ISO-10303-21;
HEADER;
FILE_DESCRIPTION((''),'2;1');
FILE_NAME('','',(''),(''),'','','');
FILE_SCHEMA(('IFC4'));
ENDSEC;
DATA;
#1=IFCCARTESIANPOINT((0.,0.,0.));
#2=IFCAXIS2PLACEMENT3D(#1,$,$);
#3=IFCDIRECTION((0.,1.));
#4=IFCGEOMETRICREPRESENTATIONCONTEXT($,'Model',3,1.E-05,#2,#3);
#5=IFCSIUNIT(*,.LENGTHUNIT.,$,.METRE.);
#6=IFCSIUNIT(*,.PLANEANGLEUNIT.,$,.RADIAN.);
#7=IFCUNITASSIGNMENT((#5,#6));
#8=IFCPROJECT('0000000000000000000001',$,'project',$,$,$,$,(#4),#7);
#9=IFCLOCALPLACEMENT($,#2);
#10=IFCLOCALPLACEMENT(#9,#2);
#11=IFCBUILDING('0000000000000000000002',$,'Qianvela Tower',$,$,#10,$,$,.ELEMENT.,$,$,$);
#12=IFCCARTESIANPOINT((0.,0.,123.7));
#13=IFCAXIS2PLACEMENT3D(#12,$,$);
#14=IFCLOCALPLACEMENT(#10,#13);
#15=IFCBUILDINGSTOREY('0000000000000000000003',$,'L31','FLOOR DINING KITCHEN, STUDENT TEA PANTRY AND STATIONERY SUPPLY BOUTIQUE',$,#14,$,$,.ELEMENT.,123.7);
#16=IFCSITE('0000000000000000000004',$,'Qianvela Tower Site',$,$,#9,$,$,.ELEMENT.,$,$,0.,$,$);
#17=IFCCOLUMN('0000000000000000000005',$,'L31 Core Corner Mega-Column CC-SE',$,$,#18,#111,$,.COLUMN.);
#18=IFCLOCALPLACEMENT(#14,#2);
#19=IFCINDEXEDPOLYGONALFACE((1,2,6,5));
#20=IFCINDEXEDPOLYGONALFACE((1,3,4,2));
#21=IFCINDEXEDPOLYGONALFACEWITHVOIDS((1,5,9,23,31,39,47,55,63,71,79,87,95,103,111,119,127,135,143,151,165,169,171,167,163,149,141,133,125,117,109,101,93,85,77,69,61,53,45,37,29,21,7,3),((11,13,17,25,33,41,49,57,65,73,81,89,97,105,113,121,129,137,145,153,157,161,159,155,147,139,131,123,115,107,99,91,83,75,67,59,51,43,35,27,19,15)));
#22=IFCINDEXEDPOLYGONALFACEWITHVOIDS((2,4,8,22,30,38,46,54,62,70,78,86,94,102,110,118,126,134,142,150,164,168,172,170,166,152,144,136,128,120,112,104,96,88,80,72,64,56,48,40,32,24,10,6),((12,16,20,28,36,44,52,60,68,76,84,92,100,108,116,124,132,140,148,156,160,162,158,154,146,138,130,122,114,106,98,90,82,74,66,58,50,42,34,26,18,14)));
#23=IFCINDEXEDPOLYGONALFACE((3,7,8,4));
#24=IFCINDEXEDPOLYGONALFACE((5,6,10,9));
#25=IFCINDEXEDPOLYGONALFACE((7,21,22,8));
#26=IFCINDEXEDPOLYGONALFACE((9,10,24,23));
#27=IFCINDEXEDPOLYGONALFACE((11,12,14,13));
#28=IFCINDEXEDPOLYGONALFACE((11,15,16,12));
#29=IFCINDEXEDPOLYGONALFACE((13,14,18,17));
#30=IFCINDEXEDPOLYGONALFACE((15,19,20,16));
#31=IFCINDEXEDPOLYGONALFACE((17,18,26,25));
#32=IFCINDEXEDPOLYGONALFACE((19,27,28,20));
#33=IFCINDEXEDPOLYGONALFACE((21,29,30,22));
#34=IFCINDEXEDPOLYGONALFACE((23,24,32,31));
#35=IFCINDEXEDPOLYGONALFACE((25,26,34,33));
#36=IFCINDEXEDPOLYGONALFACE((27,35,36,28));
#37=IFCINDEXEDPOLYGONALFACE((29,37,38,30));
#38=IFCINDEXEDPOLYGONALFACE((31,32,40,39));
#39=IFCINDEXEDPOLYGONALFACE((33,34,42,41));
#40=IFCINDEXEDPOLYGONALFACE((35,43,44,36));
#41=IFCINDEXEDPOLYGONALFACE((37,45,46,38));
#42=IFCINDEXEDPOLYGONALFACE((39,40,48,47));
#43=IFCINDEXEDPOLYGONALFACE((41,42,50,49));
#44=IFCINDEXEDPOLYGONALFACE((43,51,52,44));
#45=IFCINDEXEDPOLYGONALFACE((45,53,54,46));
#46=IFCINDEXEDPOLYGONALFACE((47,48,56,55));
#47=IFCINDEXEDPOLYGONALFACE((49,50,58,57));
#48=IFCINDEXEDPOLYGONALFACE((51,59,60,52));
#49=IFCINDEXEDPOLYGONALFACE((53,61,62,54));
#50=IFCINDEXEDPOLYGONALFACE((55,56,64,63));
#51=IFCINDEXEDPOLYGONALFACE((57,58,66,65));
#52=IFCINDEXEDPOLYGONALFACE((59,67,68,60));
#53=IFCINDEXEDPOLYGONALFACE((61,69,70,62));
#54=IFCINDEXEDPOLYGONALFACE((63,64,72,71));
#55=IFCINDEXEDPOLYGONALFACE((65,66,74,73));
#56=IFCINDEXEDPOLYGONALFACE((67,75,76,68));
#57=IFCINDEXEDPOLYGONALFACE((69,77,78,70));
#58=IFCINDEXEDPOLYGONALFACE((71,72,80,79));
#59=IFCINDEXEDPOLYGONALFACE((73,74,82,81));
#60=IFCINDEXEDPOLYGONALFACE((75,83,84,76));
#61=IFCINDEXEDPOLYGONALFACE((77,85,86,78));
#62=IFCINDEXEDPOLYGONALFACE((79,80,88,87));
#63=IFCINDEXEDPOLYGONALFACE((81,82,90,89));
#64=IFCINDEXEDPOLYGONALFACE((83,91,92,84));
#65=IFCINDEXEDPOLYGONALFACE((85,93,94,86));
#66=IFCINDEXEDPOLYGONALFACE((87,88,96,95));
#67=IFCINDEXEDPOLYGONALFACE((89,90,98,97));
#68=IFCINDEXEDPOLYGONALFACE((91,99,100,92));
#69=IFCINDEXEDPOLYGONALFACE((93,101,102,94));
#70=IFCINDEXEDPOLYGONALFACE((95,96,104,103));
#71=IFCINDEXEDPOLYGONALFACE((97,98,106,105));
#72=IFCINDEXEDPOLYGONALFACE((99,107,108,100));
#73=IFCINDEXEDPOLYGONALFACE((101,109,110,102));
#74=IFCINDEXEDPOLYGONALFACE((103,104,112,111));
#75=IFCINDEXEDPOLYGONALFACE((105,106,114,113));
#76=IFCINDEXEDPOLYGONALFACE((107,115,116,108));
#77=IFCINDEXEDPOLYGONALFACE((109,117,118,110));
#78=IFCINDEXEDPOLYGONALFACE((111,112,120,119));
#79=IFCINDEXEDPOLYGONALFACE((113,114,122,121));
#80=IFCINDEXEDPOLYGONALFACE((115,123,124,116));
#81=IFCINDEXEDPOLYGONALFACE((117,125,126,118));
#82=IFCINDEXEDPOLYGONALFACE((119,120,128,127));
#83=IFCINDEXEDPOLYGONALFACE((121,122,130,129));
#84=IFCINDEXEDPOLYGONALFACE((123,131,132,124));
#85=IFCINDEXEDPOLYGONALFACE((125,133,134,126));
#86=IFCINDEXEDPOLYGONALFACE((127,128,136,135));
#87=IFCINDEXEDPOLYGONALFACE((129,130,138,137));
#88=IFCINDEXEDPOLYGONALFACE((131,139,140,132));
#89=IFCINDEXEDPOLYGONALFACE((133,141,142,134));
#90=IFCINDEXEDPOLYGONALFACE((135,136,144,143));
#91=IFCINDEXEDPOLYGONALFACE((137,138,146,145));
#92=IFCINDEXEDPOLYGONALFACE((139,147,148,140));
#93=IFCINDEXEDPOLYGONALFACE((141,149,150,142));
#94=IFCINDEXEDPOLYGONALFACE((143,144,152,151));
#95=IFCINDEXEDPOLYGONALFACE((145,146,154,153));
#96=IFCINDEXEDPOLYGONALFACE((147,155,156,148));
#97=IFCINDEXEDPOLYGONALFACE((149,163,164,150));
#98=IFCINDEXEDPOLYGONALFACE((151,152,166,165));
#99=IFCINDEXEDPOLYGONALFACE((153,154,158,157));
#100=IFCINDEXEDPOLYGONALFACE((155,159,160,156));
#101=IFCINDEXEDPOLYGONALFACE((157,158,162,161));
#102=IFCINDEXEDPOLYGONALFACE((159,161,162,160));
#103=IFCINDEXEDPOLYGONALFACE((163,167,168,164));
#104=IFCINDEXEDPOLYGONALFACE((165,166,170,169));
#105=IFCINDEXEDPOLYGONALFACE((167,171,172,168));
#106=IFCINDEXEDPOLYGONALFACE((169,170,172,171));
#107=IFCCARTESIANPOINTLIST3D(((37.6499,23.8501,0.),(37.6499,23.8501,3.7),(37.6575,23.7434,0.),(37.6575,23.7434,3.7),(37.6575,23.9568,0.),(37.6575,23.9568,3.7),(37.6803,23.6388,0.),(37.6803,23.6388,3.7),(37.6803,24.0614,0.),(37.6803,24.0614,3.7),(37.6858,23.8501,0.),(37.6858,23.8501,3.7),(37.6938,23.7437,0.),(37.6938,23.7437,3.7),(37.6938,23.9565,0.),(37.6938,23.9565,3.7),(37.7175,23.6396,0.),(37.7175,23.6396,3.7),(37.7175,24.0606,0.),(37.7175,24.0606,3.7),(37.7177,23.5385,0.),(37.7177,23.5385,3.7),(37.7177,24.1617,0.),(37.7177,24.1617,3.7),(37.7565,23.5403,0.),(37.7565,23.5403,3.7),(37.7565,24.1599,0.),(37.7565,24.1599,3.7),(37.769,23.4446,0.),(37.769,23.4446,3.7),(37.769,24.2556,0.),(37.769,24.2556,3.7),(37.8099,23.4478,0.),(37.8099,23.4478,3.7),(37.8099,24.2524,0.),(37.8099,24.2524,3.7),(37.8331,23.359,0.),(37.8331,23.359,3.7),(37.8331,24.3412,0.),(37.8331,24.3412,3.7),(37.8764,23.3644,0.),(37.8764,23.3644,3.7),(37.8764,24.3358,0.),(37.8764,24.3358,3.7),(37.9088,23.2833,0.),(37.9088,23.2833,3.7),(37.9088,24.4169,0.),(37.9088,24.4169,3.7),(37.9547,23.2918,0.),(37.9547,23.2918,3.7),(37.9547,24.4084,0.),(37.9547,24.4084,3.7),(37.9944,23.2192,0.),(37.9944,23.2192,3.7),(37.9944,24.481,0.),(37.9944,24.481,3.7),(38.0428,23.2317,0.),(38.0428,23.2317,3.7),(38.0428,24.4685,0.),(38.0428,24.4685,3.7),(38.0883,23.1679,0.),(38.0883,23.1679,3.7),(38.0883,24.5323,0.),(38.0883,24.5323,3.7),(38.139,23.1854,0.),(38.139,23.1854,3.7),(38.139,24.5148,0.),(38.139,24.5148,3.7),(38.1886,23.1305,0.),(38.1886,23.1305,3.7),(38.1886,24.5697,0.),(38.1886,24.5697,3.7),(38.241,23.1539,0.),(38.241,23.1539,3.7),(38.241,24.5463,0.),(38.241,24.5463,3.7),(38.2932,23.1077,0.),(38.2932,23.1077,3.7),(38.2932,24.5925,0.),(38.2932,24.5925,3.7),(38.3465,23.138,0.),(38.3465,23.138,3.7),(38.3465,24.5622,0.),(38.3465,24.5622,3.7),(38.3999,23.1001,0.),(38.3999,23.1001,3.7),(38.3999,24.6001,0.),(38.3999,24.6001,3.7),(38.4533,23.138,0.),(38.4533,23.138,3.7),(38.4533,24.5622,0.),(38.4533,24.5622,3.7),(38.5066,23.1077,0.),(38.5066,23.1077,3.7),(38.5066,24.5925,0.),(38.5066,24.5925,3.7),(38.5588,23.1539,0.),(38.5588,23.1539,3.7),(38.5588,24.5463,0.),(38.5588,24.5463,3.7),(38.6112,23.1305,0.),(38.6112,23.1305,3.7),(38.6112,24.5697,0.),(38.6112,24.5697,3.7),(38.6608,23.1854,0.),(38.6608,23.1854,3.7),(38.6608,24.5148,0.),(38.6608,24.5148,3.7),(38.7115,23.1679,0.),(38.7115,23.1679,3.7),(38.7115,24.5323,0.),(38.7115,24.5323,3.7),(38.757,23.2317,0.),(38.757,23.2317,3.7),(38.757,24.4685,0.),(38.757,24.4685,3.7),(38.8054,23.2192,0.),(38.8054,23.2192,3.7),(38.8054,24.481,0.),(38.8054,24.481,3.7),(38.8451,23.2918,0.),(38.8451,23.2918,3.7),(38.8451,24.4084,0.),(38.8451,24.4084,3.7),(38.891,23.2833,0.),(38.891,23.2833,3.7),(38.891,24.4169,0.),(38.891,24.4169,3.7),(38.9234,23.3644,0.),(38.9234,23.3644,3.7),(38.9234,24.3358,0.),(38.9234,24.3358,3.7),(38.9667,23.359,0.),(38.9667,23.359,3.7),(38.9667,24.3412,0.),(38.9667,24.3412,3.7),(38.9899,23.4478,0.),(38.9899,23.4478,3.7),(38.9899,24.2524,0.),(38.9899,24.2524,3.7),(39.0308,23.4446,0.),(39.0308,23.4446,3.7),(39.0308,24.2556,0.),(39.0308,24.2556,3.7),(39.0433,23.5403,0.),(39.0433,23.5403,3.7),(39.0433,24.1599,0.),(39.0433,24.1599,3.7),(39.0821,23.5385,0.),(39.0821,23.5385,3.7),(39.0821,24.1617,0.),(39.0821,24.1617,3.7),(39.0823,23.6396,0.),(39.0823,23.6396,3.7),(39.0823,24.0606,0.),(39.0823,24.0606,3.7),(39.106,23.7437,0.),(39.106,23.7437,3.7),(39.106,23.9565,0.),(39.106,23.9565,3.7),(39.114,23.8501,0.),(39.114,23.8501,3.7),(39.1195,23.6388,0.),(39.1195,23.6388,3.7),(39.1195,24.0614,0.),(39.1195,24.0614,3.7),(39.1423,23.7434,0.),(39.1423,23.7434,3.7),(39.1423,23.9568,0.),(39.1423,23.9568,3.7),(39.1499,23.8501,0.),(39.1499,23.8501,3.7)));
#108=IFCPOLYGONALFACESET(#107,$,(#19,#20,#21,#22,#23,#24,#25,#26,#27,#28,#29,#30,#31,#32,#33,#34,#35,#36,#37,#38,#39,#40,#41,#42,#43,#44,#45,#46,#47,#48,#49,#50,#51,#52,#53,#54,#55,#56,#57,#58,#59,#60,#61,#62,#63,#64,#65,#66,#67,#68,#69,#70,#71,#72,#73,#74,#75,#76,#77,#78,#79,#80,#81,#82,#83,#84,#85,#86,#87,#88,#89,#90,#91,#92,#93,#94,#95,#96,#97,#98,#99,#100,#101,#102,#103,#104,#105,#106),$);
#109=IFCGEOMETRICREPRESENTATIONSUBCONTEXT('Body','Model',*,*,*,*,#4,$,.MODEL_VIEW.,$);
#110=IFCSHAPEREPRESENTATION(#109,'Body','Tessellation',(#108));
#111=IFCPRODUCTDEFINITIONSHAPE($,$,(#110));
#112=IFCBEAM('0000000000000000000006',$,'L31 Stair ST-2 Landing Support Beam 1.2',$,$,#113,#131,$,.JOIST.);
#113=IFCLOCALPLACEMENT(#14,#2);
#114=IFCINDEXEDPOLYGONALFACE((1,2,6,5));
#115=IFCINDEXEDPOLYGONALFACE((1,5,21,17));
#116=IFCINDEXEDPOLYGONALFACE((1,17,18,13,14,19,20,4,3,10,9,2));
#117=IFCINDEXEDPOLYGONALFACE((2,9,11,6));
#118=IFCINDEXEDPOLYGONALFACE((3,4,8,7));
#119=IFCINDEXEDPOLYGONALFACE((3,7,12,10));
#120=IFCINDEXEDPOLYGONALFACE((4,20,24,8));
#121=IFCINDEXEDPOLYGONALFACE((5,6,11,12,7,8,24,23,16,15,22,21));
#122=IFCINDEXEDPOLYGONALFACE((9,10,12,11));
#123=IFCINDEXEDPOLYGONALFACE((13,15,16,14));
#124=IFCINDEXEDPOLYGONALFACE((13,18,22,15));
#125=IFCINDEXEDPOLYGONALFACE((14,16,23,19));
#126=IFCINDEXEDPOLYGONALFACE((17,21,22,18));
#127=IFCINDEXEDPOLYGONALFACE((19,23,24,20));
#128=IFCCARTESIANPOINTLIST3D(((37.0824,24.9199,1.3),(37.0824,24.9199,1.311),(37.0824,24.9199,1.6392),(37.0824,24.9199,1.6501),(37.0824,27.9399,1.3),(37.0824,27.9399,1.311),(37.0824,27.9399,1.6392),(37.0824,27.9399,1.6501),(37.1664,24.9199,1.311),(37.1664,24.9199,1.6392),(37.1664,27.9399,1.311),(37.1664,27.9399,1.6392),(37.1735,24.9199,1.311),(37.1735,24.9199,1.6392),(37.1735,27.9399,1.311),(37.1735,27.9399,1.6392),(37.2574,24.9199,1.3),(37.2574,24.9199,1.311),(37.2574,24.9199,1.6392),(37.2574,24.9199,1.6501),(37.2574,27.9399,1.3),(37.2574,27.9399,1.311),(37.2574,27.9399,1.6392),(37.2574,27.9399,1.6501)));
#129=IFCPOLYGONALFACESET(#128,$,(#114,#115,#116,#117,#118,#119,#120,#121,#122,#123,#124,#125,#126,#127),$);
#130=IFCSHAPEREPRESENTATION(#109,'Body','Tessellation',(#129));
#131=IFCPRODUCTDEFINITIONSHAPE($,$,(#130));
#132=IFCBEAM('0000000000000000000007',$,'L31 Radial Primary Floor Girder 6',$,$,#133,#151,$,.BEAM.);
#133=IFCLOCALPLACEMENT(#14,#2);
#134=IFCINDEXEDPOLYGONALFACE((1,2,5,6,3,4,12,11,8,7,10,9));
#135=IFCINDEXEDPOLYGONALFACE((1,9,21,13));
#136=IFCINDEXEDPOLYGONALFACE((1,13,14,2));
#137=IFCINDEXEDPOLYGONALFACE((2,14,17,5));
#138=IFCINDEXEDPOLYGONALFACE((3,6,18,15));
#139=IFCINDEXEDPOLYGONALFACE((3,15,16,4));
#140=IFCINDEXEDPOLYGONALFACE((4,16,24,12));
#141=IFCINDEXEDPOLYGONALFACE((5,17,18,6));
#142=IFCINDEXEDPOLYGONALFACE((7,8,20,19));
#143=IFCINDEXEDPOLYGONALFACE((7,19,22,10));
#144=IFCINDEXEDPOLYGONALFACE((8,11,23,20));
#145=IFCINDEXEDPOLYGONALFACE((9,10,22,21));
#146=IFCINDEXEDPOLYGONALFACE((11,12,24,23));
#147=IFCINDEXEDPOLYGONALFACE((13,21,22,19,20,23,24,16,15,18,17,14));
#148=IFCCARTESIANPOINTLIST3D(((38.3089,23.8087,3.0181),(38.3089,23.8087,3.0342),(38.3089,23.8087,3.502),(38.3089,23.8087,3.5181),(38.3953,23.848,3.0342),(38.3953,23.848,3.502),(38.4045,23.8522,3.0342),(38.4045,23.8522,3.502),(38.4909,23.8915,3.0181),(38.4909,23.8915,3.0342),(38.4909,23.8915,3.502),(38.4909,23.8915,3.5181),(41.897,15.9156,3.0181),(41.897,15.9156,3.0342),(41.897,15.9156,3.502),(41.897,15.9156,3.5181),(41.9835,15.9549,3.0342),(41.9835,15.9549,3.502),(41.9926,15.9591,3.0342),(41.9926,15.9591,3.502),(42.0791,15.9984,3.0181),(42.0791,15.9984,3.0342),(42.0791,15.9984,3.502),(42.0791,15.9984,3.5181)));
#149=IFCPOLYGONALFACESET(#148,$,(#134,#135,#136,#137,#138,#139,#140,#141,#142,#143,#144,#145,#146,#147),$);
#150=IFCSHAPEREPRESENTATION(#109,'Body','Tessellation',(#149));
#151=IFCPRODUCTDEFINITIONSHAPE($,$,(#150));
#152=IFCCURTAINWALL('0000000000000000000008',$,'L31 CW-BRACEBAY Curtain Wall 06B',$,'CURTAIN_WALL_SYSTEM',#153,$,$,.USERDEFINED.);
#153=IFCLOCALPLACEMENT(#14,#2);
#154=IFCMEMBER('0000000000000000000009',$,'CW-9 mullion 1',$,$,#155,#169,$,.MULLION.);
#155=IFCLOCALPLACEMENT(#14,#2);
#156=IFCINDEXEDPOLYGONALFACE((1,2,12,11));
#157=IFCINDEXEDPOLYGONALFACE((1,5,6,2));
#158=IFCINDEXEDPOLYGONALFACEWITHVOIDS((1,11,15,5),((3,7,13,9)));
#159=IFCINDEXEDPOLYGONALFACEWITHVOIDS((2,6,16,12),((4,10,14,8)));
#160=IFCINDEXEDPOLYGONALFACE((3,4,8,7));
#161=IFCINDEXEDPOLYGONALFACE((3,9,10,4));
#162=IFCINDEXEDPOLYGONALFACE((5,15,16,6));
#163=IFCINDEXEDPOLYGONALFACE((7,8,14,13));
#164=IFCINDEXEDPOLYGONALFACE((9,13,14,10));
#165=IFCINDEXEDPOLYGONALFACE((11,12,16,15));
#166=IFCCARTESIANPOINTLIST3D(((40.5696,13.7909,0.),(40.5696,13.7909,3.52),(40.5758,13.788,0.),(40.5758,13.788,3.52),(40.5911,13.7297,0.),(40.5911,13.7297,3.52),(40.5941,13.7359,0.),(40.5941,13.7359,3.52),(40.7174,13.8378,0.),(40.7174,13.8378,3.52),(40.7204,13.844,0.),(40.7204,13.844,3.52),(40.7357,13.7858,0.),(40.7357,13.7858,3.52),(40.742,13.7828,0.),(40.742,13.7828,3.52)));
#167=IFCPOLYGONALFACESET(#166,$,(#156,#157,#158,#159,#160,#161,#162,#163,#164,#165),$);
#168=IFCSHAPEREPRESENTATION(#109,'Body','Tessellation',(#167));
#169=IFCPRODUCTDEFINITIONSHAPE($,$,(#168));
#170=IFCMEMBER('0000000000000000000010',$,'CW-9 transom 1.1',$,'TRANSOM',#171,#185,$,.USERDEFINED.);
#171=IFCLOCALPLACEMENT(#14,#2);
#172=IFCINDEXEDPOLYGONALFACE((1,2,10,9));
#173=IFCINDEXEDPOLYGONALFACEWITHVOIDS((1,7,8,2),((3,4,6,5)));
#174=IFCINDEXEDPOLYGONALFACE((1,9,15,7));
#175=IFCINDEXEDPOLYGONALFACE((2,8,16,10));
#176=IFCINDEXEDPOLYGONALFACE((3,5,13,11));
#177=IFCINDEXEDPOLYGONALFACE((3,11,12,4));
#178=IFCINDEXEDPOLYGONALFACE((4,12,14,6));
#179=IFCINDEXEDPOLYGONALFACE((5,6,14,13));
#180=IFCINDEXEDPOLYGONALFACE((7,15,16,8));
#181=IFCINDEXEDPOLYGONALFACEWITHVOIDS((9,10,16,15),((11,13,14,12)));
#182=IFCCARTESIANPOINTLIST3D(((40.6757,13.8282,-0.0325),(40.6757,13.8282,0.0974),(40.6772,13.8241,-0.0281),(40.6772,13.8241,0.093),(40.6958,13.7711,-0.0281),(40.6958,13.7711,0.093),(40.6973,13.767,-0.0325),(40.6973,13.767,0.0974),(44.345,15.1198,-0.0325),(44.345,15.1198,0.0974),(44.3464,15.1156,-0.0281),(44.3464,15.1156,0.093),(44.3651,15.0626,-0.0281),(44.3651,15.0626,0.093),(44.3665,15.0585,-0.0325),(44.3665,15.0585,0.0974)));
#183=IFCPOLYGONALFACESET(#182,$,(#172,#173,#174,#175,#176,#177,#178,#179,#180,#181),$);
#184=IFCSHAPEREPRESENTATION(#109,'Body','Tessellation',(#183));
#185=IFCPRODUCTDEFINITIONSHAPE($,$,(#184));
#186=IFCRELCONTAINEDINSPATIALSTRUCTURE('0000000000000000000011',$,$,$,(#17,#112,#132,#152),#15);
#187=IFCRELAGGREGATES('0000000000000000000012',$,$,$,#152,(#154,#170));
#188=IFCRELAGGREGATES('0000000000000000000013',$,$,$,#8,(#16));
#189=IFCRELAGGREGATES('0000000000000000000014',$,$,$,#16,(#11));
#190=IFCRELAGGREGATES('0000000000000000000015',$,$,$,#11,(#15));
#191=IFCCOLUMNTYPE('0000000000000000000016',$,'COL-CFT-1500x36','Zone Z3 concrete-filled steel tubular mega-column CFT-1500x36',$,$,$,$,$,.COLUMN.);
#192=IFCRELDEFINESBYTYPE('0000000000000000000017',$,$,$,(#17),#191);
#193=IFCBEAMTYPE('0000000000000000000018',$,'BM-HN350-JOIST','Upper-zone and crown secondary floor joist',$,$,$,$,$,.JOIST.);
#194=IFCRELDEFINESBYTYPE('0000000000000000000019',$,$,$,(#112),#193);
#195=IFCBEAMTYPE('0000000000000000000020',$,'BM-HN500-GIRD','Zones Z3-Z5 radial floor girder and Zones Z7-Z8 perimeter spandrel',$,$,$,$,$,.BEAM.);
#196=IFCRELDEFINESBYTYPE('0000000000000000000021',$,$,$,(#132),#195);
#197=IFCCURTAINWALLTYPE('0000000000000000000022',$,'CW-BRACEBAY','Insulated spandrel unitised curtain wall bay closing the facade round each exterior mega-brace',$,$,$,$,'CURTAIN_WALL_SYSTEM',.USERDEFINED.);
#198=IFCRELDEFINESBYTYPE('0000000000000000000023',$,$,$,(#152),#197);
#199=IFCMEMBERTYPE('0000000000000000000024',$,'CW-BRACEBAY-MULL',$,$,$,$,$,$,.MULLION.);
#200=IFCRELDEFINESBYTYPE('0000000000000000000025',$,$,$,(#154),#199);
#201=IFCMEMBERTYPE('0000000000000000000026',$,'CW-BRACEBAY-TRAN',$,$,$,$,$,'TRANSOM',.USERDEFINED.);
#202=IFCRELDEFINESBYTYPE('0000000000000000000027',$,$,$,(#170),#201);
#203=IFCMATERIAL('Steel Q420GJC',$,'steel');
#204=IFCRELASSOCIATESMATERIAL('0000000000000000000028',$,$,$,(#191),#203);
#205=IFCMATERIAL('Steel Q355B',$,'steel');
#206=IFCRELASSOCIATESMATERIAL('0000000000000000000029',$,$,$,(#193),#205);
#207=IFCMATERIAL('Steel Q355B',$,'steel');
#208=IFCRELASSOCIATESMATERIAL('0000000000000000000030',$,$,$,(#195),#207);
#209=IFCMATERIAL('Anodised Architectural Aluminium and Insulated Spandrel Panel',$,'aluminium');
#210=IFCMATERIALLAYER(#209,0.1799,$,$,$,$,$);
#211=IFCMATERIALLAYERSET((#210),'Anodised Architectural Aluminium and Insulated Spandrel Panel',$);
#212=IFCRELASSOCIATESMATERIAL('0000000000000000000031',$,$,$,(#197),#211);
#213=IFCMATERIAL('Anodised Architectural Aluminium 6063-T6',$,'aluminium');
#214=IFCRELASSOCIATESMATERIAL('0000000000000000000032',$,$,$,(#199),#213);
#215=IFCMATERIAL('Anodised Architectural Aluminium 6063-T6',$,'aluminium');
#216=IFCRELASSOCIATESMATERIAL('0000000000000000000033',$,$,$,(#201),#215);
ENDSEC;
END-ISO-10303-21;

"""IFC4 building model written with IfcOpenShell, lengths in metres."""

from ifc_helpers import new_model, si_unit, direction, frame, origin, origin_2d, place, context, subcontext, project, spatial, hollow_rectangle, hollow_circle, i_section, extrude, material, layer, layer_set, material_profile, profile_set, type_object, element, aggregate, save


model = new_model("IFC4")

# Units and contexts
model_context = context("Model", 3, precision=1e-05, world=origin(), true_north=direction((0.0, 1.0)))
body_context = subcontext(model_context, "Body", "Model", "MODEL_VIEW")
ifc_project = project(units=[si_unit("LENGTHUNIT", "METRE"), si_unit("PLANEANGLEUNIT", "RADIAN")], contexts=[model_context])

# Site, building, storey
site_placement = place(None, origin())
site = spatial("IfcSite", under=ifc_project, at=site_placement, Name="Qianvela Tower Site", CompositionType="ELEMENT", RefElevation=0.0)
building_placement = place(site_placement, origin())
building = spatial("IfcBuilding", under=site, at=building_placement, Name="Qianvela Tower", CompositionType="ELEMENT")
storey_placement = place(building_placement, frame((0.0, 0.0, 123.7)))
storey = spatial("IfcBuildingStorey", under=building, at=storey_placement, Name="L31", Description="FLOOR DINING KITCHEN, STUDENT TEA PANTRY AND STATIONERY SUPPLY BOUTIQUE", CompositionType="ELEMENT", Elevation=123.7)

# Column
ifc_material_1 = material(Name="Steel Q420GJC", Category="steel")
ifc_material_profile_1 = material_profile(ifc_material_1, hollow_circle(Radius=0.75, WallThickness=0.0359, at=origin_2d()), Name="CFT-1500x36")
ifc_profile_set_1 = profile_set([ifc_material_profile_1], Name="Steel Q420GJC")
column_type = type_object("IfcColumnType", Name="COL-CFT-1500x36", Description="Zone Z3 concrete-filled steel tubular mega-column CFT-1500x36", PredefinedType="COLUMN", material=ifc_profile_set_1)
column_placement = place(storey_placement, frame((38.3999, 23.8501, 0.0), z_axis=(0.0, 0.0, 1.0), x_axis=(1.0, 0.0, 0.0)))
element("IfcColumn", 1, at=column_placement, inside=storey, type_object=column_type, Name="L31 Core Corner Mega-Column CC-SE", PredefinedType="COLUMN", context=body_context, shape_type="SweptSolid", body=[
    extrude(hollow_circle(Radius=0.75, WallThickness=0.0359, at=origin_2d()), origin(), (0.0, 0.0, 1.0), 3.7),
])

# Beams
ifc_material_2 = material(Name="Steel Q355B", Category="steel")
ifc_material_profile_2 = material_profile(ifc_material_2, i_section(OverallWidth=0.175, OverallDepth=0.3501, WebThickness=0.0071, FlangeThickness=0.011, at=origin_2d()), Name="HN350x175x7x11")
ifc_profile_set_2 = profile_set([ifc_material_profile_2], Name="Steel Q355B")
beam_type_1 = type_object("IfcBeamType", Name="BM-HN350-JOIST", Description="Upper-zone and crown secondary floor joist", PredefinedType="JOIST", material=ifc_profile_set_2)
beam_1_placement = place(storey_placement, frame((37.1699, 24.9199, 1.4751), z_axis=(0.0, 1.0, 0.0), x_axis=(-1.0, 0.0, 0.0)))
element("IfcBeam", 2, at=beam_1_placement, inside=storey, type_object=beam_type_1, Name="L31 Stair ST-2 Landing Support Beam 1.2", PredefinedType="JOIST", context=body_context, shape_type="SweptSolid", body=[
    extrude(i_section(OverallWidth=0.175, OverallDepth=0.3501, WebThickness=0.0071, FlangeThickness=0.011, at=origin_2d()), origin(), (0.0, 0.0, 1.0), 3.02),
])
ifc_material_3 = material(Name="Steel Q355B", Category="steel")
ifc_material_profile_3 = material_profile(ifc_material_3, i_section(OverallWidth=0.2, OverallDepth=0.5, WebThickness=0.01, FlangeThickness=0.0161, at=origin_2d()), Name="HN500x200x10x16")
ifc_profile_set_3 = profile_set([ifc_material_profile_3], Name="Steel Q355B")
beam_type_2 = type_object("IfcBeamType", Name="BM-HN500-GIRD", Description="Zones Z3-Z5 radial floor girder and Zones Z7-Z8 perimeter spandrel", PredefinedType="BEAM", material=ifc_profile_set_3)
beam_2_placement = place(storey_placement, frame((38.3999, 23.8501, 3.2681), z_axis=(0.413839, -0.91035, 0.0), x_axis=(0.91035, 0.413839, 0.0)))
element("IfcBeam", 3, at=beam_2_placement, inside=storey, type_object=beam_type_2, Name="L31 Radial Primary Floor Girder 6", PredefinedType="BEAM", context=body_context, shape_type="SweptSolid", body=[
    extrude(i_section(OverallWidth=0.2, OverallDepth=0.5, WebThickness=0.01, FlangeThickness=0.0161, at=origin_2d()), origin(), (0.0, 0.0, 1.0), 8.6704),
])

# Curtain wall, members
ifc_material_4 = material(Name="Anodised Architectural Aluminium and Insulated Spandrel Panel", Category="aluminium")
ifc_layer_1 = layer(ifc_material_4, 0.1799)
ifc_layer_set_1 = layer_set([ifc_layer_1], Name="Anodised Architectural Aluminium and Insulated Spandrel Panel")
curtain_wall_type_1 = type_object("IfcCurtainWallType", Name="CW-BRACEBAY", Description="Insulated spandrel unitised curtain wall bay closing the facade round each exterior mega-brace", ElementType="CURTAIN_WALL_SYSTEM", PredefinedType="USERDEFINED", material=ifc_layer_set_1)
curtain_wall_1_placement = place(storey_placement, origin())
curtain_wall_1 = element("IfcCurtainWall", 4, at=curtain_wall_1_placement, inside=storey, type_object=curtain_wall_type_1, Name="L31 CW-BRACEBAY Curtain Wall 06B", ObjectType="CURTAIN_WALL_SYSTEM", PredefinedType="USERDEFINED")
ifc_material_5 = material(Name="Anodised Architectural Aluminium 6063-T6", Category="aluminium")
ifc_material_profile_4 = material_profile(ifc_material_5, hollow_rectangle(XDim=0.0649, YDim=0.1599, WallThickness=0.0049, at=origin_2d()), Name="ALU-MULL-65x160")
ifc_profile_set_4 = profile_set([ifc_material_profile_4], Name="Anodised Architectural Aluminium 6063-T6")
member_type_1 = type_object("IfcMemberType", Name="CW-BRACEBAY-MULL", PredefinedType="MULLION", material=ifc_profile_set_4)
member_1_placement = place(storey_placement, frame((40.6558, 13.7869, 0.0), z_axis=(0.0, 0.0, 1.0), x_axis=(-0.332042, 0.943265, 0.0)))
member_1 = element("IfcMember", 5, at=member_1_placement, type_object=member_type_1, Name="CW-9 mullion 1", PredefinedType="MULLION", context=body_context, shape_type="SweptSolid", body=[
    extrude(hollow_rectangle(XDim=0.0649, YDim=0.1599, WallThickness=0.0049, at=origin_2d()), origin(), (0.0, 0.0, 1.0), 3.52),
])
ifc_material_6 = material(Name="Anodised Architectural Aluminium 6063-T6", Category="aluminium")
ifc_material_profile_5 = material_profile(ifc_material_6, hollow_rectangle(XDim=0.0649, YDim=0.1299, WallThickness=0.0044, at=origin_2d()), Name="ALU-TRAN-65x130")
ifc_profile_set_5 = profile_set([ifc_material_profile_5], Name="Anodised Architectural Aluminium 6063-T6")
member_type_2 = type_object("IfcMemberType", Name="CW-BRACEBAY-TRAN", ElementType="TRANSOM", PredefinedType="USERDEFINED", material=ifc_profile_set_5)
member_2_placement = place(storey_placement, frame((40.6865, 13.7976, 0.0325), z_axis=(0.943273, 0.332019, 0.0), x_axis=(-0.332019, 0.943273, 0.0)))
member_2 = element("IfcMember", 6, at=member_2_placement, type_object=member_type_2, Name="CW-9 transom 1.1", ObjectType="TRANSOM", PredefinedType="USERDEFINED", context=body_context, shape_type="SweptSolid", body=[
    extrude(hollow_rectangle(XDim=0.0649, YDim=0.1299, WallThickness=0.0044, at=origin_2d()), origin(), (0.0, 0.0, 1.0), 3.8899),
])
aggregate(curtain_wall_1, [member_1, member_2])

save(model, "model.ifc")
